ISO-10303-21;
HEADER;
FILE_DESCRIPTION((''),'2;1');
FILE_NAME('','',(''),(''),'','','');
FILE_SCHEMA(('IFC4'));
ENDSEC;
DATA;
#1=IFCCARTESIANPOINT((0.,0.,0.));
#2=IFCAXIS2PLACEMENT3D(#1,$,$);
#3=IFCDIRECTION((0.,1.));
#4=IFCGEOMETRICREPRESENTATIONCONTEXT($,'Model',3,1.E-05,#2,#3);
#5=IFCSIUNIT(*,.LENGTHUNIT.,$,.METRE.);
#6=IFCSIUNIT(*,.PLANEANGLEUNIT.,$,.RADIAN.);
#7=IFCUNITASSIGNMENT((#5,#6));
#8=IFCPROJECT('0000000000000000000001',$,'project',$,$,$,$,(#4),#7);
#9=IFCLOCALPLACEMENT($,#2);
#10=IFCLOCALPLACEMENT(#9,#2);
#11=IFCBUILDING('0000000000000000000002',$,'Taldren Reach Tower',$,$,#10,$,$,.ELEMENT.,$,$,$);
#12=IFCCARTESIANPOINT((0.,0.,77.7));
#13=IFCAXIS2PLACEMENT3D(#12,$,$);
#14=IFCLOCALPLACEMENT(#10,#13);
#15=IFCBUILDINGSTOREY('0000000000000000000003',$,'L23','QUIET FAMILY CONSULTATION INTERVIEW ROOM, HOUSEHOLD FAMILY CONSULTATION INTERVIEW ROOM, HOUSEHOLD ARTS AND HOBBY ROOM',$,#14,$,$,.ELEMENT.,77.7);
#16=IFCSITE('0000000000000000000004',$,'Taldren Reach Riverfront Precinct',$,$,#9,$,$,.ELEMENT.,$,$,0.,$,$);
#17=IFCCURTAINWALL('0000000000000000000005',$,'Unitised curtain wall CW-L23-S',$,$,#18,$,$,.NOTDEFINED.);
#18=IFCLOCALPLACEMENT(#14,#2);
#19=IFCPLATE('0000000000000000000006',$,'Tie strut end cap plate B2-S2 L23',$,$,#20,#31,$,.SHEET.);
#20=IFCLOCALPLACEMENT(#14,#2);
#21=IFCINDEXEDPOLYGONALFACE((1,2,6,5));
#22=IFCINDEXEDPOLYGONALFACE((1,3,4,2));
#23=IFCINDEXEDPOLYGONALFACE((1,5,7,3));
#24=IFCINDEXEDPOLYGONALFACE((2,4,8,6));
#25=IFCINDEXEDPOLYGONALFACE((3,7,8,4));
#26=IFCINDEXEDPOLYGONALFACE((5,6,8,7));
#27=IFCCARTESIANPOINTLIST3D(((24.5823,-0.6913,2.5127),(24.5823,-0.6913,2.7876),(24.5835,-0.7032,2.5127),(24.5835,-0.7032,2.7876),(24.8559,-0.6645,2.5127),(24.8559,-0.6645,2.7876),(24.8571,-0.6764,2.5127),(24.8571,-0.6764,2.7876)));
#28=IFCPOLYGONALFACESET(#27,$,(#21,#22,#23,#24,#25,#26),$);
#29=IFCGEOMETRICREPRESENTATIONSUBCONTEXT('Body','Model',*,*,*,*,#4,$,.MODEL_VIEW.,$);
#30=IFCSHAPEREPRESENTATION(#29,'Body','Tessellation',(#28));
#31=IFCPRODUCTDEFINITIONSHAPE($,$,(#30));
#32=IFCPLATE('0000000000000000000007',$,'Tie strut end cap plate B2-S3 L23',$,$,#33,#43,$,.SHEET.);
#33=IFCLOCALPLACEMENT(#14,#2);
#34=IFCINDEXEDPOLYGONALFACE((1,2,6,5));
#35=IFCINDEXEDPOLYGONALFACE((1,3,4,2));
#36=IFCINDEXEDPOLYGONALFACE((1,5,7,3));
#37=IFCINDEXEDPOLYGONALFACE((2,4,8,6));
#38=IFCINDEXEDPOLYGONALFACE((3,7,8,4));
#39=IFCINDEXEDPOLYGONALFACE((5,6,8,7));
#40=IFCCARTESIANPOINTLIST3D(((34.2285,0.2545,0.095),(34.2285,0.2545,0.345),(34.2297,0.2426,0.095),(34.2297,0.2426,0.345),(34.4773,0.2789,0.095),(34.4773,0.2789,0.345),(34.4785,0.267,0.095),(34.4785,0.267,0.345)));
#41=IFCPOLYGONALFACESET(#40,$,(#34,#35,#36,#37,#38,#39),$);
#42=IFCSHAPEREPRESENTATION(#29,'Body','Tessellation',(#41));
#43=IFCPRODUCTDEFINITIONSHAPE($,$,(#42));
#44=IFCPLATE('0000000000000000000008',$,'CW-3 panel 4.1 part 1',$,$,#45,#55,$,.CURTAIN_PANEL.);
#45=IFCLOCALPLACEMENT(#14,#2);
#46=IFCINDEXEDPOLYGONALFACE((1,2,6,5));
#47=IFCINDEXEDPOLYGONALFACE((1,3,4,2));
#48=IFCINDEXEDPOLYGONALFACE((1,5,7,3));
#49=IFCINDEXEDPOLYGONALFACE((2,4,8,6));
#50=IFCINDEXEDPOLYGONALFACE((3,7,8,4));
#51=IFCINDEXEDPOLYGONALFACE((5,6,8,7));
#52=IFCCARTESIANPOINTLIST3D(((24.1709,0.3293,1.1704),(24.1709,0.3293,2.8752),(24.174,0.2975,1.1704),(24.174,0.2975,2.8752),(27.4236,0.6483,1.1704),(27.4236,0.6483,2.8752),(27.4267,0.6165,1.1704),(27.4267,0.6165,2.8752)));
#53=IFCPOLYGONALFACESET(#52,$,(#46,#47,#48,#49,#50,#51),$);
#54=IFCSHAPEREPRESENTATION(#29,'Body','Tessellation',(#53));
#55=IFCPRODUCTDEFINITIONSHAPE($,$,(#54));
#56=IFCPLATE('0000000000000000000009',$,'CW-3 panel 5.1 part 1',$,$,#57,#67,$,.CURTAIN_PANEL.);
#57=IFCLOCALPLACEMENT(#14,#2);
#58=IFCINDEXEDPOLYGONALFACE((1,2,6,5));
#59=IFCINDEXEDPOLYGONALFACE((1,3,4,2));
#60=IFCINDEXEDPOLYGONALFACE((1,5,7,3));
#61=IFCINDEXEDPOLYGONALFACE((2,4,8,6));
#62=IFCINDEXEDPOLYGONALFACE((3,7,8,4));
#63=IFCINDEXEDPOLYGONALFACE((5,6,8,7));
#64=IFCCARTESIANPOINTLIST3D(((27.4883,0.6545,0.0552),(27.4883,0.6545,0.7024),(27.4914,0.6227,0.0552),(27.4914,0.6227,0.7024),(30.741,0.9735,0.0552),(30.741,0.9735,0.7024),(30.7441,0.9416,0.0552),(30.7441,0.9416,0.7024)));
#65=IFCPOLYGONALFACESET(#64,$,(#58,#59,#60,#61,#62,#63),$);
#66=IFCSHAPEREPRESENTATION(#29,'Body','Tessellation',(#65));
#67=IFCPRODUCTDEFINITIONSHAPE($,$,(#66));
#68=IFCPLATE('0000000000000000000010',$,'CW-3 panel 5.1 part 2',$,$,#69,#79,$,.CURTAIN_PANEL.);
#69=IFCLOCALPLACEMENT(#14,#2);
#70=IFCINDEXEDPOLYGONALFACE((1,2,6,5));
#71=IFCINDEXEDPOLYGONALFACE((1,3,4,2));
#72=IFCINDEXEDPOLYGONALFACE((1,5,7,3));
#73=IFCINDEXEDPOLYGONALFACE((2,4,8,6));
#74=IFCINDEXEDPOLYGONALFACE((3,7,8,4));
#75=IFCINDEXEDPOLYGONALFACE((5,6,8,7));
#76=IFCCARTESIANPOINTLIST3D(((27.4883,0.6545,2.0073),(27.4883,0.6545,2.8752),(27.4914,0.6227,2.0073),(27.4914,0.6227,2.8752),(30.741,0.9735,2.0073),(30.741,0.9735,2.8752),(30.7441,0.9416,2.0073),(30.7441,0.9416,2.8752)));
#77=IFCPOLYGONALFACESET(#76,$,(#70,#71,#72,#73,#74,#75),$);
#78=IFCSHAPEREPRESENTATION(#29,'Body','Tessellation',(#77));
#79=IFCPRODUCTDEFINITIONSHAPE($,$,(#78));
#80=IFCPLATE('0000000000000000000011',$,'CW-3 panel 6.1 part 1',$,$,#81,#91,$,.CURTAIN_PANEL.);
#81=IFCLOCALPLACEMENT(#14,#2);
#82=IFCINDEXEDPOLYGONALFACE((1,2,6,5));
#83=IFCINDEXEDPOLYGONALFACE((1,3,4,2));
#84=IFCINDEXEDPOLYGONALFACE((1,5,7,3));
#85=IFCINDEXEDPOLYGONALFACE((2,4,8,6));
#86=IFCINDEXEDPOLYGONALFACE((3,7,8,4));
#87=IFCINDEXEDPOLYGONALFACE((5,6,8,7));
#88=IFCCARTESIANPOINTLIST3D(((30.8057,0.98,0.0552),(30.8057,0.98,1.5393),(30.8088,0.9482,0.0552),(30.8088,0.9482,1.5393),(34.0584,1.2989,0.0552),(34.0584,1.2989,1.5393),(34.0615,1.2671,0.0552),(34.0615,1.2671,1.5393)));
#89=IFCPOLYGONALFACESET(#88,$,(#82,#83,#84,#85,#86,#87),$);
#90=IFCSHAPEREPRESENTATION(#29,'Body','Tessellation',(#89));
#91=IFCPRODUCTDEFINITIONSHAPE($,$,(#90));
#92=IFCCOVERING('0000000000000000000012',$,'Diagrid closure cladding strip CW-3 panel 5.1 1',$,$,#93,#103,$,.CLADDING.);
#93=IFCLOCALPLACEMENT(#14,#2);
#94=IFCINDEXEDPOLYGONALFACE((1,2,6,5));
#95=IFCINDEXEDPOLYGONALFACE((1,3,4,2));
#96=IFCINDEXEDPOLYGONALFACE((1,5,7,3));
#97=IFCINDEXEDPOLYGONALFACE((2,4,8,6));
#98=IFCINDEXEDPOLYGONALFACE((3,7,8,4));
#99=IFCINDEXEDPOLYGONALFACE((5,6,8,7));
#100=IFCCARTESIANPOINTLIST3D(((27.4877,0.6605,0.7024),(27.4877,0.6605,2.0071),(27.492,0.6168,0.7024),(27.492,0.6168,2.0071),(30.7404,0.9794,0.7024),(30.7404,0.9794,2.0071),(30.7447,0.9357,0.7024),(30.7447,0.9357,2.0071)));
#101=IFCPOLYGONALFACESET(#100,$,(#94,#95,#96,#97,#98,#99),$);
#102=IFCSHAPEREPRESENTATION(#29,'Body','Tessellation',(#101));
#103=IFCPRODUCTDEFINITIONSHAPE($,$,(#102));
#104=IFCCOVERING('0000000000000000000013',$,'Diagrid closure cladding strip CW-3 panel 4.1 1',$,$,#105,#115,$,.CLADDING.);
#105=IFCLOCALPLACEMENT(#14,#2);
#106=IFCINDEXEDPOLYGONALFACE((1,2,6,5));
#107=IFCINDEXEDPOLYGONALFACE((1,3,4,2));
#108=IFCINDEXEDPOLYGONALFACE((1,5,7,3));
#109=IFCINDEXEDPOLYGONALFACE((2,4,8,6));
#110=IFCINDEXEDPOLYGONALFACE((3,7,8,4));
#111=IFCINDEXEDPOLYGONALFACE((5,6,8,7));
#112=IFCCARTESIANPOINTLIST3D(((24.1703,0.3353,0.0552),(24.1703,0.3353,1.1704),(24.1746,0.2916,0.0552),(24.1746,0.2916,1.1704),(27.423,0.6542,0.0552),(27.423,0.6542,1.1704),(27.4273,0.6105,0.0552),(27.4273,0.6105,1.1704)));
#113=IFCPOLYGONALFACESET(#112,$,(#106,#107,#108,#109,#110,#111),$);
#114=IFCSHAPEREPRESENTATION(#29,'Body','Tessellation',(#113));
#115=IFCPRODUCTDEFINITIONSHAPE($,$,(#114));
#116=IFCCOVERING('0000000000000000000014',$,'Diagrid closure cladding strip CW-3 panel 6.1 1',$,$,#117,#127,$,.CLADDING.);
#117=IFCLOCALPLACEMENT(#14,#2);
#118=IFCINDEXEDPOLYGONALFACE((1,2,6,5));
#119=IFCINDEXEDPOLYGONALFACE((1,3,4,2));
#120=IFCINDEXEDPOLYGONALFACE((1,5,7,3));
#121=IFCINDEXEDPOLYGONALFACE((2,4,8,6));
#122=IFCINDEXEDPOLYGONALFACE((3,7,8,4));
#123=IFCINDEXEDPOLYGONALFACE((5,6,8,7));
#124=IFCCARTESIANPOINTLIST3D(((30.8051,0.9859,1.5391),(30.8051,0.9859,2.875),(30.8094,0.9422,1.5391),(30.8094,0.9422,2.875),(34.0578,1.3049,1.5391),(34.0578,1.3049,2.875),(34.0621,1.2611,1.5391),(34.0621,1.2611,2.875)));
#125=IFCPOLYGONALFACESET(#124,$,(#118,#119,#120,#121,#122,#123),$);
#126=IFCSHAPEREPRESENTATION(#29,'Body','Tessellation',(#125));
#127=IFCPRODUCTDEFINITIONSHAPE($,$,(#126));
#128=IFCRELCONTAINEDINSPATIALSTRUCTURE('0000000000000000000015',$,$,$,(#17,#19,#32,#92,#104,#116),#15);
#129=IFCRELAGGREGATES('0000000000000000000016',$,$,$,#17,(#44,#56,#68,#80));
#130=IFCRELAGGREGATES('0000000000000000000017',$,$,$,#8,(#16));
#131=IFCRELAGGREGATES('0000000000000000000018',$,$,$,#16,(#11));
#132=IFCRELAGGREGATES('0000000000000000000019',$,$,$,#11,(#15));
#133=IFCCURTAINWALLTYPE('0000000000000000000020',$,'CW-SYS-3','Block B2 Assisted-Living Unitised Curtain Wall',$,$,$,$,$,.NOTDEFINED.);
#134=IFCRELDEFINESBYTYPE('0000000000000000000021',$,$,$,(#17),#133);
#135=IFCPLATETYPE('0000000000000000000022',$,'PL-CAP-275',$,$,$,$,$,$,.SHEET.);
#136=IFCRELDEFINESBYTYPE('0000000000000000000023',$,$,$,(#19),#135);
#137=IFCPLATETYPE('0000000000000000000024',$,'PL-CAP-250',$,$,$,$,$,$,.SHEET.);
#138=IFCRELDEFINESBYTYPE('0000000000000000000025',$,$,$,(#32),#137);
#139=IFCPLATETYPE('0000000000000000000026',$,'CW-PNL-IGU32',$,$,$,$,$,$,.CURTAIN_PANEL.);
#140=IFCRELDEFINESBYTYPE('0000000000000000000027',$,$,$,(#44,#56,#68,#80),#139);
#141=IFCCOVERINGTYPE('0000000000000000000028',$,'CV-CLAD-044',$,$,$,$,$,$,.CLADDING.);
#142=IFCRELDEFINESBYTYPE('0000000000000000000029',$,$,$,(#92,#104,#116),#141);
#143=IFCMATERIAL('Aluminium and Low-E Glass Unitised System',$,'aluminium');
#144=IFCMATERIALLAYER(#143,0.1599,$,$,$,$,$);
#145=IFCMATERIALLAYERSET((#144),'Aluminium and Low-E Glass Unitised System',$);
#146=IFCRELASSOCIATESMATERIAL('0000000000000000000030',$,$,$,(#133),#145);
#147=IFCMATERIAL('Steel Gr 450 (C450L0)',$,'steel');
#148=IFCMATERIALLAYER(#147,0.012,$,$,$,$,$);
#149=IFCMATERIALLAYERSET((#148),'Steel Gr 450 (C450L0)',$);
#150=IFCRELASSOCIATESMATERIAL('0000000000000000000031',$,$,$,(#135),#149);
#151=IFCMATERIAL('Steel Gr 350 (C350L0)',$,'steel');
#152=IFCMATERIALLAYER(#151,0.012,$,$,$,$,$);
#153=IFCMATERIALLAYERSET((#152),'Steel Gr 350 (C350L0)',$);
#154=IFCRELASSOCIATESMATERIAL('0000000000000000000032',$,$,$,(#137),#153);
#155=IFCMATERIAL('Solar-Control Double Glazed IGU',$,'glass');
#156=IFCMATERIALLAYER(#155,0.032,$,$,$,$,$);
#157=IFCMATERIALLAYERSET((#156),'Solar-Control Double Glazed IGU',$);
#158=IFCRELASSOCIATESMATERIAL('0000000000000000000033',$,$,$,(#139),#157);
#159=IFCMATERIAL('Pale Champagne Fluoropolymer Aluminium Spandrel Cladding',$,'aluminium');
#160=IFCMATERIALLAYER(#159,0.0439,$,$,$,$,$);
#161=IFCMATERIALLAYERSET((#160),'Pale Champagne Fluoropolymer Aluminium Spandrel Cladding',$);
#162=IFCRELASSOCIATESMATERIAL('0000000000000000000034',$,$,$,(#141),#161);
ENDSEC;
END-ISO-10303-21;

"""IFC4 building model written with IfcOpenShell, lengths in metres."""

from ifc_helpers import new_model, si_unit, direction, frame, origin, origin_2d, place, context, subcontext, project, spatial, rectangle, extrude, source, transform, mapped, material, layer, layer_set, type_object, element, aggregate, save


model = new_model("IFC4")

# Units and contexts
model_context = context("Model", 3, precision=1e-05, world=origin(), true_north=direction((0.0, 1.0)))
body_context = subcontext(model_context, "Body", "Model", "MODEL_VIEW")
ifc_project = project(units=[si_unit("LENGTHUNIT", "METRE"), si_unit("PLANEANGLEUNIT", "RADIAN")], contexts=[model_context])

# Site, building, storey
site_placement = place(None, origin())
site = spatial("IfcSite", under=ifc_project, at=site_placement, Name="Taldren Reach Riverfront Precinct", CompositionType="ELEMENT", RefElevation=0.0)
building_placement = place(site_placement, origin())
building = spatial("IfcBuilding", under=site, at=building_placement, Name="Taldren Reach Tower", CompositionType="ELEMENT")
storey_placement = place(building_placement, frame((0.0, 0.0, 77.7)))
storey = spatial("IfcBuildingStorey", under=building, at=storey_placement, Name="L23", Description="QUIET FAMILY CONSULTATION INTERVIEW ROOM, HOUSEHOLD FAMILY CONSULTATION INTERVIEW ROOM, HOUSEHOLD ARTS AND HOBBY ROOM", CompositionType="ELEMENT", Elevation=77.7)

# Shared definitions
ifc_material_1 = material(Name="Steel Gr 450 (C450L0)", Category="steel")
ifc_material_2 = material(Name="Steel Gr 350 (C350L0)", Category="steel")

# Curtain wall
ifc_material_3 = material(Name="Aluminium and Low-E Glass Unitised System", Category="aluminium")
ifc_layer_1 = layer(ifc_material_3, 0.1599)
ifc_layer_set_1 = layer_set([ifc_layer_1], Name="Aluminium and Low-E Glass Unitised System")
curtain_wall_type = type_object("IfcCurtainWallType", Name="CW-SYS-3", Description="Block B2 Assisted-Living Unitised Curtain Wall", PredefinedType="NOTDEFINED", material=ifc_layer_set_1)
curtain_wall_placement = place(storey_placement, origin())
curtain_wall = element("IfcCurtainWall", 1, at=curtain_wall_placement, inside=storey, type_object=curtain_wall_type, Name="Unitised curtain wall CW-L23-S", PredefinedType="NOTDEFINED")

# Plates
ifc_layer_2 = layer(ifc_material_1, 0.012)
ifc_layer_set_2 = layer_set([ifc_layer_2], Name="Steel Gr 450 (C450L0)")
plate_type_1 = type_object("IfcPlateType", Name="PL-CAP-275", PredefinedType="SHEET", material=ifc_layer_set_2)
shared_shape_1 = source(origin(), body_context, "Body", "SweptSolid", [
    extrude(rectangle(XDim=0.2749, YDim=0.012, at=origin_2d()), origin(), (0.0, 0.0, 1.0), 0.2749),
])
plate_1_placement = place(storey_placement, frame((24.7197, -0.6838, 2.5127), z_axis=(0.0, 0.0, 1.0), x_axis=(0.995227, 0.097583, 0.0)))
element("IfcPlate", 2, at=plate_1_placement, inside=storey, type_object=plate_type_1, Name="Tie strut end cap plate B2-S2 L23", PredefinedType="SHEET", context=body_context, shape_type="MappedRepresentation", body=[
    mapped(shared_shape_1, transform((0.0, 0.0, 0.0), scale=1.0)),
])
ifc_layer_3 = layer(ifc_material_2, 0.012)
ifc_layer_set_3 = layer_set([ifc_layer_3], Name="Steel Gr 350 (C350L0)")
plate_type_2 = type_object("IfcPlateType", Name="PL-CAP-250", PredefinedType="SHEET", material=ifc_layer_set_3)
shared_shape_2 = source(origin(), body_context, "Body", "SweptSolid", [
    extrude(rectangle(XDim=0.25, YDim=0.012, at=origin_2d()), origin(), (0.0, 0.0, 1.0), 0.25),
])
plate_2_placement = place(storey_placement, frame((34.3535, 0.2607, 0.095), z_axis=(0.0, 0.0, 1.0), x_axis=(0.995227, 0.097583, 0.0)))
element("IfcPlate", 3, at=plate_2_placement, inside=storey, type_object=plate_type_2, Name="Tie strut end cap plate B2-S3 L23", PredefinedType="SHEET", context=body_context, shape_type="MappedRepresentation", body=[
    mapped(shared_shape_2, transform((0.0, 0.0, 0.0), scale=1.0)),
])

# Plates
ifc_material_4 = material(Name="Solar-Control Double Glazed IGU", Category="glass")
ifc_layer_4 = layer(ifc_material_4, 0.032)
ifc_layer_set_4 = layer_set([ifc_layer_4], Name="Solar-Control Double Glazed IGU")
plate_type_3 = type_object("IfcPlateType", Name="CW-PNL-IGU32", PredefinedType="CURTAIN_PANEL", material=ifc_layer_set_4)
shared_shape_3 = source(origin(), body_context, "Body", "SweptSolid", [
    extrude(rectangle(XDim=3.2683, YDim=0.032, at=origin_2d()), origin(), (0.0, 0.0, 1.0), 1.7048),
])
plate_3_placement = place(storey_placement, frame((25.7988, 0.4729, 1.1704), z_axis=(0.0, 0.0, 1.0), x_axis=(0.995227, 0.097583, 0.0)))
plate_3 = element("IfcPlate", 4, at=plate_3_placement, type_object=plate_type_3, Name="CW-3 panel 4.1 part 1", PredefinedType="CURTAIN_PANEL", context=body_context, shape_type="MappedRepresentation", body=[
    mapped(shared_shape_3, transform((0.0, 0.0, 0.0), scale=1.0)),
])
shared_shape_4 = source(origin(), body_context, "Body", "SweptSolid", [
    extrude(rectangle(XDim=3.2683, YDim=0.032, at=origin_2d()), origin(), (0.0, 0.0, 1.0), 0.6472),
])
plate_4_placement = place(storey_placement, frame((29.1162, 0.7981, 0.0552), z_axis=(0.0, 0.0, 1.0), x_axis=(0.995227, 0.097583, 0.0)))
plate_4 = element("IfcPlate", 5, at=plate_4_placement, type_object=plate_type_3, Name="CW-3 panel 5.1 part 1", PredefinedType="CURTAIN_PANEL", context=body_context, shape_type="MappedRepresentation", body=[
    mapped(shared_shape_4, transform((0.0, 0.0, 0.0), scale=1.0)),
])
shared_shape_5 = source(origin(), body_context, "Body", "SweptSolid", [
    extrude(rectangle(XDim=3.2683, YDim=0.032, at=origin_2d()), origin(), (0.0, 0.0, 1.0), 0.8679),
])
plate_5_placement = place(storey_placement, frame((29.1162, 0.7981, 2.0073), z_axis=(0.0, 0.0, 1.0), x_axis=(0.995227, 0.097583, 0.0)))
plate_5 = element("IfcPlate", 6, at=plate_5_placement, type_object=plate_type_3, Name="CW-3 panel 5.1 part 2", PredefinedType="CURTAIN_PANEL", context=body_context, shape_type="MappedRepresentation", body=[
    mapped(shared_shape_5, transform((0.0, 0.0, 0.0), scale=1.0)),
])
shared_shape_6 = source(origin(), body_context, "Body", "SweptSolid", [
    extrude(rectangle(XDim=3.2683, YDim=0.032, at=origin_2d()), origin(), (0.0, 0.0, 1.0), 1.4841),
])
plate_6_placement = place(storey_placement, frame((32.4336, 1.1235, 0.0552), z_axis=(0.0, 0.0, 1.0), x_axis=(0.995227, 0.097583, 0.0)))
plate_6 = element("IfcPlate", 7, at=plate_6_placement, type_object=plate_type_3, Name="CW-3 panel 6.1 part 1", PredefinedType="CURTAIN_PANEL", context=body_context, shape_type="MappedRepresentation", body=[
    mapped(shared_shape_6, transform((0.0, 0.0, 0.0), scale=1.0)),
])
aggregate(curtain_wall, [plate_3, plate_4, plate_5, plate_6])

# Coverings
ifc_material_5 = material(Name="Pale Champagne Fluoropolymer Aluminium Spandrel Cladding", Category="aluminium")
ifc_layer_5 = layer(ifc_material_5, 0.0439)
ifc_layer_set_5 = layer_set([ifc_layer_5], Name="Pale Champagne Fluoropolymer Aluminium Spandrel Cladding")
covering_type = type_object("IfcCoveringType", Name="CV-CLAD-044", PredefinedType="CLADDING", material=ifc_layer_set_5)
shared_shape_7 = source(origin(), body_context, "Body", "SweptSolid", [
    extrude(rectangle(XDim=3.2683, YDim=0.0439, at=origin_2d()), origin(), (0.0, 0.0, 1.0), 1.3047),
])
covering_1_placement = place(storey_placement, frame((29.1162, 0.7981, 0.7024), z_axis=(0.0, 0.0, 1.0), x_axis=(0.995227, 0.097583, 0.0)))
element("IfcCovering", 8, at=covering_1_placement, inside=storey, type_object=covering_type, Name="Diagrid closure cladding strip CW-3 panel 5.1 1", PredefinedType="CLADDING", context=body_context, shape_type="MappedRepresentation", body=[
    mapped(shared_shape_7, transform((0.0, 0.0, 0.0), scale=1.0)),
])
shared_shape_8 = source(origin(), body_context, "Body", "SweptSolid", [
    extrude(rectangle(XDim=3.2683, YDim=0.0439, at=origin_2d()), origin(), (0.0, 0.0, 1.0), 1.1152),
])
covering_2_placement = place(storey_placement, frame((25.7988, 0.4729, 0.0552), z_axis=(0.0, 0.0, 1.0), x_axis=(0.995227, 0.097583, 0.0)))
element("IfcCovering", 9, at=covering_2_placement, inside=storey, type_object=covering_type, Name="Diagrid closure cladding strip CW-3 panel 4.1 1", PredefinedType="CLADDING", context=body_context, shape_type="MappedRepresentation", body=[
    mapped(shared_shape_8, transform((0.0, 0.0, 0.0), scale=1.0)),
])
shared_shape_9 = source(origin(), body_context, "Body", "SweptSolid", [
    extrude(rectangle(XDim=3.2683, YDim=0.0439, at=origin_2d()), origin(), (0.0, 0.0, 1.0), 1.3359),
])
covering_3_placement = place(storey_placement, frame((32.4336, 1.1235, 1.5391), z_axis=(0.0, 0.0, 1.0), x_axis=(0.995227, 0.097583, 0.0)))
element("IfcCovering", 10, at=covering_3_placement, inside=storey, type_object=covering_type, Name="Diagrid closure cladding strip CW-3 panel 6.1 1", PredefinedType="CLADDING", context=body_context, shape_type="MappedRepresentation", body=[
    mapped(shared_shape_9, transform((0.0, 0.0, 0.0), scale=1.0)),
])

save(model, "model.ifc")
